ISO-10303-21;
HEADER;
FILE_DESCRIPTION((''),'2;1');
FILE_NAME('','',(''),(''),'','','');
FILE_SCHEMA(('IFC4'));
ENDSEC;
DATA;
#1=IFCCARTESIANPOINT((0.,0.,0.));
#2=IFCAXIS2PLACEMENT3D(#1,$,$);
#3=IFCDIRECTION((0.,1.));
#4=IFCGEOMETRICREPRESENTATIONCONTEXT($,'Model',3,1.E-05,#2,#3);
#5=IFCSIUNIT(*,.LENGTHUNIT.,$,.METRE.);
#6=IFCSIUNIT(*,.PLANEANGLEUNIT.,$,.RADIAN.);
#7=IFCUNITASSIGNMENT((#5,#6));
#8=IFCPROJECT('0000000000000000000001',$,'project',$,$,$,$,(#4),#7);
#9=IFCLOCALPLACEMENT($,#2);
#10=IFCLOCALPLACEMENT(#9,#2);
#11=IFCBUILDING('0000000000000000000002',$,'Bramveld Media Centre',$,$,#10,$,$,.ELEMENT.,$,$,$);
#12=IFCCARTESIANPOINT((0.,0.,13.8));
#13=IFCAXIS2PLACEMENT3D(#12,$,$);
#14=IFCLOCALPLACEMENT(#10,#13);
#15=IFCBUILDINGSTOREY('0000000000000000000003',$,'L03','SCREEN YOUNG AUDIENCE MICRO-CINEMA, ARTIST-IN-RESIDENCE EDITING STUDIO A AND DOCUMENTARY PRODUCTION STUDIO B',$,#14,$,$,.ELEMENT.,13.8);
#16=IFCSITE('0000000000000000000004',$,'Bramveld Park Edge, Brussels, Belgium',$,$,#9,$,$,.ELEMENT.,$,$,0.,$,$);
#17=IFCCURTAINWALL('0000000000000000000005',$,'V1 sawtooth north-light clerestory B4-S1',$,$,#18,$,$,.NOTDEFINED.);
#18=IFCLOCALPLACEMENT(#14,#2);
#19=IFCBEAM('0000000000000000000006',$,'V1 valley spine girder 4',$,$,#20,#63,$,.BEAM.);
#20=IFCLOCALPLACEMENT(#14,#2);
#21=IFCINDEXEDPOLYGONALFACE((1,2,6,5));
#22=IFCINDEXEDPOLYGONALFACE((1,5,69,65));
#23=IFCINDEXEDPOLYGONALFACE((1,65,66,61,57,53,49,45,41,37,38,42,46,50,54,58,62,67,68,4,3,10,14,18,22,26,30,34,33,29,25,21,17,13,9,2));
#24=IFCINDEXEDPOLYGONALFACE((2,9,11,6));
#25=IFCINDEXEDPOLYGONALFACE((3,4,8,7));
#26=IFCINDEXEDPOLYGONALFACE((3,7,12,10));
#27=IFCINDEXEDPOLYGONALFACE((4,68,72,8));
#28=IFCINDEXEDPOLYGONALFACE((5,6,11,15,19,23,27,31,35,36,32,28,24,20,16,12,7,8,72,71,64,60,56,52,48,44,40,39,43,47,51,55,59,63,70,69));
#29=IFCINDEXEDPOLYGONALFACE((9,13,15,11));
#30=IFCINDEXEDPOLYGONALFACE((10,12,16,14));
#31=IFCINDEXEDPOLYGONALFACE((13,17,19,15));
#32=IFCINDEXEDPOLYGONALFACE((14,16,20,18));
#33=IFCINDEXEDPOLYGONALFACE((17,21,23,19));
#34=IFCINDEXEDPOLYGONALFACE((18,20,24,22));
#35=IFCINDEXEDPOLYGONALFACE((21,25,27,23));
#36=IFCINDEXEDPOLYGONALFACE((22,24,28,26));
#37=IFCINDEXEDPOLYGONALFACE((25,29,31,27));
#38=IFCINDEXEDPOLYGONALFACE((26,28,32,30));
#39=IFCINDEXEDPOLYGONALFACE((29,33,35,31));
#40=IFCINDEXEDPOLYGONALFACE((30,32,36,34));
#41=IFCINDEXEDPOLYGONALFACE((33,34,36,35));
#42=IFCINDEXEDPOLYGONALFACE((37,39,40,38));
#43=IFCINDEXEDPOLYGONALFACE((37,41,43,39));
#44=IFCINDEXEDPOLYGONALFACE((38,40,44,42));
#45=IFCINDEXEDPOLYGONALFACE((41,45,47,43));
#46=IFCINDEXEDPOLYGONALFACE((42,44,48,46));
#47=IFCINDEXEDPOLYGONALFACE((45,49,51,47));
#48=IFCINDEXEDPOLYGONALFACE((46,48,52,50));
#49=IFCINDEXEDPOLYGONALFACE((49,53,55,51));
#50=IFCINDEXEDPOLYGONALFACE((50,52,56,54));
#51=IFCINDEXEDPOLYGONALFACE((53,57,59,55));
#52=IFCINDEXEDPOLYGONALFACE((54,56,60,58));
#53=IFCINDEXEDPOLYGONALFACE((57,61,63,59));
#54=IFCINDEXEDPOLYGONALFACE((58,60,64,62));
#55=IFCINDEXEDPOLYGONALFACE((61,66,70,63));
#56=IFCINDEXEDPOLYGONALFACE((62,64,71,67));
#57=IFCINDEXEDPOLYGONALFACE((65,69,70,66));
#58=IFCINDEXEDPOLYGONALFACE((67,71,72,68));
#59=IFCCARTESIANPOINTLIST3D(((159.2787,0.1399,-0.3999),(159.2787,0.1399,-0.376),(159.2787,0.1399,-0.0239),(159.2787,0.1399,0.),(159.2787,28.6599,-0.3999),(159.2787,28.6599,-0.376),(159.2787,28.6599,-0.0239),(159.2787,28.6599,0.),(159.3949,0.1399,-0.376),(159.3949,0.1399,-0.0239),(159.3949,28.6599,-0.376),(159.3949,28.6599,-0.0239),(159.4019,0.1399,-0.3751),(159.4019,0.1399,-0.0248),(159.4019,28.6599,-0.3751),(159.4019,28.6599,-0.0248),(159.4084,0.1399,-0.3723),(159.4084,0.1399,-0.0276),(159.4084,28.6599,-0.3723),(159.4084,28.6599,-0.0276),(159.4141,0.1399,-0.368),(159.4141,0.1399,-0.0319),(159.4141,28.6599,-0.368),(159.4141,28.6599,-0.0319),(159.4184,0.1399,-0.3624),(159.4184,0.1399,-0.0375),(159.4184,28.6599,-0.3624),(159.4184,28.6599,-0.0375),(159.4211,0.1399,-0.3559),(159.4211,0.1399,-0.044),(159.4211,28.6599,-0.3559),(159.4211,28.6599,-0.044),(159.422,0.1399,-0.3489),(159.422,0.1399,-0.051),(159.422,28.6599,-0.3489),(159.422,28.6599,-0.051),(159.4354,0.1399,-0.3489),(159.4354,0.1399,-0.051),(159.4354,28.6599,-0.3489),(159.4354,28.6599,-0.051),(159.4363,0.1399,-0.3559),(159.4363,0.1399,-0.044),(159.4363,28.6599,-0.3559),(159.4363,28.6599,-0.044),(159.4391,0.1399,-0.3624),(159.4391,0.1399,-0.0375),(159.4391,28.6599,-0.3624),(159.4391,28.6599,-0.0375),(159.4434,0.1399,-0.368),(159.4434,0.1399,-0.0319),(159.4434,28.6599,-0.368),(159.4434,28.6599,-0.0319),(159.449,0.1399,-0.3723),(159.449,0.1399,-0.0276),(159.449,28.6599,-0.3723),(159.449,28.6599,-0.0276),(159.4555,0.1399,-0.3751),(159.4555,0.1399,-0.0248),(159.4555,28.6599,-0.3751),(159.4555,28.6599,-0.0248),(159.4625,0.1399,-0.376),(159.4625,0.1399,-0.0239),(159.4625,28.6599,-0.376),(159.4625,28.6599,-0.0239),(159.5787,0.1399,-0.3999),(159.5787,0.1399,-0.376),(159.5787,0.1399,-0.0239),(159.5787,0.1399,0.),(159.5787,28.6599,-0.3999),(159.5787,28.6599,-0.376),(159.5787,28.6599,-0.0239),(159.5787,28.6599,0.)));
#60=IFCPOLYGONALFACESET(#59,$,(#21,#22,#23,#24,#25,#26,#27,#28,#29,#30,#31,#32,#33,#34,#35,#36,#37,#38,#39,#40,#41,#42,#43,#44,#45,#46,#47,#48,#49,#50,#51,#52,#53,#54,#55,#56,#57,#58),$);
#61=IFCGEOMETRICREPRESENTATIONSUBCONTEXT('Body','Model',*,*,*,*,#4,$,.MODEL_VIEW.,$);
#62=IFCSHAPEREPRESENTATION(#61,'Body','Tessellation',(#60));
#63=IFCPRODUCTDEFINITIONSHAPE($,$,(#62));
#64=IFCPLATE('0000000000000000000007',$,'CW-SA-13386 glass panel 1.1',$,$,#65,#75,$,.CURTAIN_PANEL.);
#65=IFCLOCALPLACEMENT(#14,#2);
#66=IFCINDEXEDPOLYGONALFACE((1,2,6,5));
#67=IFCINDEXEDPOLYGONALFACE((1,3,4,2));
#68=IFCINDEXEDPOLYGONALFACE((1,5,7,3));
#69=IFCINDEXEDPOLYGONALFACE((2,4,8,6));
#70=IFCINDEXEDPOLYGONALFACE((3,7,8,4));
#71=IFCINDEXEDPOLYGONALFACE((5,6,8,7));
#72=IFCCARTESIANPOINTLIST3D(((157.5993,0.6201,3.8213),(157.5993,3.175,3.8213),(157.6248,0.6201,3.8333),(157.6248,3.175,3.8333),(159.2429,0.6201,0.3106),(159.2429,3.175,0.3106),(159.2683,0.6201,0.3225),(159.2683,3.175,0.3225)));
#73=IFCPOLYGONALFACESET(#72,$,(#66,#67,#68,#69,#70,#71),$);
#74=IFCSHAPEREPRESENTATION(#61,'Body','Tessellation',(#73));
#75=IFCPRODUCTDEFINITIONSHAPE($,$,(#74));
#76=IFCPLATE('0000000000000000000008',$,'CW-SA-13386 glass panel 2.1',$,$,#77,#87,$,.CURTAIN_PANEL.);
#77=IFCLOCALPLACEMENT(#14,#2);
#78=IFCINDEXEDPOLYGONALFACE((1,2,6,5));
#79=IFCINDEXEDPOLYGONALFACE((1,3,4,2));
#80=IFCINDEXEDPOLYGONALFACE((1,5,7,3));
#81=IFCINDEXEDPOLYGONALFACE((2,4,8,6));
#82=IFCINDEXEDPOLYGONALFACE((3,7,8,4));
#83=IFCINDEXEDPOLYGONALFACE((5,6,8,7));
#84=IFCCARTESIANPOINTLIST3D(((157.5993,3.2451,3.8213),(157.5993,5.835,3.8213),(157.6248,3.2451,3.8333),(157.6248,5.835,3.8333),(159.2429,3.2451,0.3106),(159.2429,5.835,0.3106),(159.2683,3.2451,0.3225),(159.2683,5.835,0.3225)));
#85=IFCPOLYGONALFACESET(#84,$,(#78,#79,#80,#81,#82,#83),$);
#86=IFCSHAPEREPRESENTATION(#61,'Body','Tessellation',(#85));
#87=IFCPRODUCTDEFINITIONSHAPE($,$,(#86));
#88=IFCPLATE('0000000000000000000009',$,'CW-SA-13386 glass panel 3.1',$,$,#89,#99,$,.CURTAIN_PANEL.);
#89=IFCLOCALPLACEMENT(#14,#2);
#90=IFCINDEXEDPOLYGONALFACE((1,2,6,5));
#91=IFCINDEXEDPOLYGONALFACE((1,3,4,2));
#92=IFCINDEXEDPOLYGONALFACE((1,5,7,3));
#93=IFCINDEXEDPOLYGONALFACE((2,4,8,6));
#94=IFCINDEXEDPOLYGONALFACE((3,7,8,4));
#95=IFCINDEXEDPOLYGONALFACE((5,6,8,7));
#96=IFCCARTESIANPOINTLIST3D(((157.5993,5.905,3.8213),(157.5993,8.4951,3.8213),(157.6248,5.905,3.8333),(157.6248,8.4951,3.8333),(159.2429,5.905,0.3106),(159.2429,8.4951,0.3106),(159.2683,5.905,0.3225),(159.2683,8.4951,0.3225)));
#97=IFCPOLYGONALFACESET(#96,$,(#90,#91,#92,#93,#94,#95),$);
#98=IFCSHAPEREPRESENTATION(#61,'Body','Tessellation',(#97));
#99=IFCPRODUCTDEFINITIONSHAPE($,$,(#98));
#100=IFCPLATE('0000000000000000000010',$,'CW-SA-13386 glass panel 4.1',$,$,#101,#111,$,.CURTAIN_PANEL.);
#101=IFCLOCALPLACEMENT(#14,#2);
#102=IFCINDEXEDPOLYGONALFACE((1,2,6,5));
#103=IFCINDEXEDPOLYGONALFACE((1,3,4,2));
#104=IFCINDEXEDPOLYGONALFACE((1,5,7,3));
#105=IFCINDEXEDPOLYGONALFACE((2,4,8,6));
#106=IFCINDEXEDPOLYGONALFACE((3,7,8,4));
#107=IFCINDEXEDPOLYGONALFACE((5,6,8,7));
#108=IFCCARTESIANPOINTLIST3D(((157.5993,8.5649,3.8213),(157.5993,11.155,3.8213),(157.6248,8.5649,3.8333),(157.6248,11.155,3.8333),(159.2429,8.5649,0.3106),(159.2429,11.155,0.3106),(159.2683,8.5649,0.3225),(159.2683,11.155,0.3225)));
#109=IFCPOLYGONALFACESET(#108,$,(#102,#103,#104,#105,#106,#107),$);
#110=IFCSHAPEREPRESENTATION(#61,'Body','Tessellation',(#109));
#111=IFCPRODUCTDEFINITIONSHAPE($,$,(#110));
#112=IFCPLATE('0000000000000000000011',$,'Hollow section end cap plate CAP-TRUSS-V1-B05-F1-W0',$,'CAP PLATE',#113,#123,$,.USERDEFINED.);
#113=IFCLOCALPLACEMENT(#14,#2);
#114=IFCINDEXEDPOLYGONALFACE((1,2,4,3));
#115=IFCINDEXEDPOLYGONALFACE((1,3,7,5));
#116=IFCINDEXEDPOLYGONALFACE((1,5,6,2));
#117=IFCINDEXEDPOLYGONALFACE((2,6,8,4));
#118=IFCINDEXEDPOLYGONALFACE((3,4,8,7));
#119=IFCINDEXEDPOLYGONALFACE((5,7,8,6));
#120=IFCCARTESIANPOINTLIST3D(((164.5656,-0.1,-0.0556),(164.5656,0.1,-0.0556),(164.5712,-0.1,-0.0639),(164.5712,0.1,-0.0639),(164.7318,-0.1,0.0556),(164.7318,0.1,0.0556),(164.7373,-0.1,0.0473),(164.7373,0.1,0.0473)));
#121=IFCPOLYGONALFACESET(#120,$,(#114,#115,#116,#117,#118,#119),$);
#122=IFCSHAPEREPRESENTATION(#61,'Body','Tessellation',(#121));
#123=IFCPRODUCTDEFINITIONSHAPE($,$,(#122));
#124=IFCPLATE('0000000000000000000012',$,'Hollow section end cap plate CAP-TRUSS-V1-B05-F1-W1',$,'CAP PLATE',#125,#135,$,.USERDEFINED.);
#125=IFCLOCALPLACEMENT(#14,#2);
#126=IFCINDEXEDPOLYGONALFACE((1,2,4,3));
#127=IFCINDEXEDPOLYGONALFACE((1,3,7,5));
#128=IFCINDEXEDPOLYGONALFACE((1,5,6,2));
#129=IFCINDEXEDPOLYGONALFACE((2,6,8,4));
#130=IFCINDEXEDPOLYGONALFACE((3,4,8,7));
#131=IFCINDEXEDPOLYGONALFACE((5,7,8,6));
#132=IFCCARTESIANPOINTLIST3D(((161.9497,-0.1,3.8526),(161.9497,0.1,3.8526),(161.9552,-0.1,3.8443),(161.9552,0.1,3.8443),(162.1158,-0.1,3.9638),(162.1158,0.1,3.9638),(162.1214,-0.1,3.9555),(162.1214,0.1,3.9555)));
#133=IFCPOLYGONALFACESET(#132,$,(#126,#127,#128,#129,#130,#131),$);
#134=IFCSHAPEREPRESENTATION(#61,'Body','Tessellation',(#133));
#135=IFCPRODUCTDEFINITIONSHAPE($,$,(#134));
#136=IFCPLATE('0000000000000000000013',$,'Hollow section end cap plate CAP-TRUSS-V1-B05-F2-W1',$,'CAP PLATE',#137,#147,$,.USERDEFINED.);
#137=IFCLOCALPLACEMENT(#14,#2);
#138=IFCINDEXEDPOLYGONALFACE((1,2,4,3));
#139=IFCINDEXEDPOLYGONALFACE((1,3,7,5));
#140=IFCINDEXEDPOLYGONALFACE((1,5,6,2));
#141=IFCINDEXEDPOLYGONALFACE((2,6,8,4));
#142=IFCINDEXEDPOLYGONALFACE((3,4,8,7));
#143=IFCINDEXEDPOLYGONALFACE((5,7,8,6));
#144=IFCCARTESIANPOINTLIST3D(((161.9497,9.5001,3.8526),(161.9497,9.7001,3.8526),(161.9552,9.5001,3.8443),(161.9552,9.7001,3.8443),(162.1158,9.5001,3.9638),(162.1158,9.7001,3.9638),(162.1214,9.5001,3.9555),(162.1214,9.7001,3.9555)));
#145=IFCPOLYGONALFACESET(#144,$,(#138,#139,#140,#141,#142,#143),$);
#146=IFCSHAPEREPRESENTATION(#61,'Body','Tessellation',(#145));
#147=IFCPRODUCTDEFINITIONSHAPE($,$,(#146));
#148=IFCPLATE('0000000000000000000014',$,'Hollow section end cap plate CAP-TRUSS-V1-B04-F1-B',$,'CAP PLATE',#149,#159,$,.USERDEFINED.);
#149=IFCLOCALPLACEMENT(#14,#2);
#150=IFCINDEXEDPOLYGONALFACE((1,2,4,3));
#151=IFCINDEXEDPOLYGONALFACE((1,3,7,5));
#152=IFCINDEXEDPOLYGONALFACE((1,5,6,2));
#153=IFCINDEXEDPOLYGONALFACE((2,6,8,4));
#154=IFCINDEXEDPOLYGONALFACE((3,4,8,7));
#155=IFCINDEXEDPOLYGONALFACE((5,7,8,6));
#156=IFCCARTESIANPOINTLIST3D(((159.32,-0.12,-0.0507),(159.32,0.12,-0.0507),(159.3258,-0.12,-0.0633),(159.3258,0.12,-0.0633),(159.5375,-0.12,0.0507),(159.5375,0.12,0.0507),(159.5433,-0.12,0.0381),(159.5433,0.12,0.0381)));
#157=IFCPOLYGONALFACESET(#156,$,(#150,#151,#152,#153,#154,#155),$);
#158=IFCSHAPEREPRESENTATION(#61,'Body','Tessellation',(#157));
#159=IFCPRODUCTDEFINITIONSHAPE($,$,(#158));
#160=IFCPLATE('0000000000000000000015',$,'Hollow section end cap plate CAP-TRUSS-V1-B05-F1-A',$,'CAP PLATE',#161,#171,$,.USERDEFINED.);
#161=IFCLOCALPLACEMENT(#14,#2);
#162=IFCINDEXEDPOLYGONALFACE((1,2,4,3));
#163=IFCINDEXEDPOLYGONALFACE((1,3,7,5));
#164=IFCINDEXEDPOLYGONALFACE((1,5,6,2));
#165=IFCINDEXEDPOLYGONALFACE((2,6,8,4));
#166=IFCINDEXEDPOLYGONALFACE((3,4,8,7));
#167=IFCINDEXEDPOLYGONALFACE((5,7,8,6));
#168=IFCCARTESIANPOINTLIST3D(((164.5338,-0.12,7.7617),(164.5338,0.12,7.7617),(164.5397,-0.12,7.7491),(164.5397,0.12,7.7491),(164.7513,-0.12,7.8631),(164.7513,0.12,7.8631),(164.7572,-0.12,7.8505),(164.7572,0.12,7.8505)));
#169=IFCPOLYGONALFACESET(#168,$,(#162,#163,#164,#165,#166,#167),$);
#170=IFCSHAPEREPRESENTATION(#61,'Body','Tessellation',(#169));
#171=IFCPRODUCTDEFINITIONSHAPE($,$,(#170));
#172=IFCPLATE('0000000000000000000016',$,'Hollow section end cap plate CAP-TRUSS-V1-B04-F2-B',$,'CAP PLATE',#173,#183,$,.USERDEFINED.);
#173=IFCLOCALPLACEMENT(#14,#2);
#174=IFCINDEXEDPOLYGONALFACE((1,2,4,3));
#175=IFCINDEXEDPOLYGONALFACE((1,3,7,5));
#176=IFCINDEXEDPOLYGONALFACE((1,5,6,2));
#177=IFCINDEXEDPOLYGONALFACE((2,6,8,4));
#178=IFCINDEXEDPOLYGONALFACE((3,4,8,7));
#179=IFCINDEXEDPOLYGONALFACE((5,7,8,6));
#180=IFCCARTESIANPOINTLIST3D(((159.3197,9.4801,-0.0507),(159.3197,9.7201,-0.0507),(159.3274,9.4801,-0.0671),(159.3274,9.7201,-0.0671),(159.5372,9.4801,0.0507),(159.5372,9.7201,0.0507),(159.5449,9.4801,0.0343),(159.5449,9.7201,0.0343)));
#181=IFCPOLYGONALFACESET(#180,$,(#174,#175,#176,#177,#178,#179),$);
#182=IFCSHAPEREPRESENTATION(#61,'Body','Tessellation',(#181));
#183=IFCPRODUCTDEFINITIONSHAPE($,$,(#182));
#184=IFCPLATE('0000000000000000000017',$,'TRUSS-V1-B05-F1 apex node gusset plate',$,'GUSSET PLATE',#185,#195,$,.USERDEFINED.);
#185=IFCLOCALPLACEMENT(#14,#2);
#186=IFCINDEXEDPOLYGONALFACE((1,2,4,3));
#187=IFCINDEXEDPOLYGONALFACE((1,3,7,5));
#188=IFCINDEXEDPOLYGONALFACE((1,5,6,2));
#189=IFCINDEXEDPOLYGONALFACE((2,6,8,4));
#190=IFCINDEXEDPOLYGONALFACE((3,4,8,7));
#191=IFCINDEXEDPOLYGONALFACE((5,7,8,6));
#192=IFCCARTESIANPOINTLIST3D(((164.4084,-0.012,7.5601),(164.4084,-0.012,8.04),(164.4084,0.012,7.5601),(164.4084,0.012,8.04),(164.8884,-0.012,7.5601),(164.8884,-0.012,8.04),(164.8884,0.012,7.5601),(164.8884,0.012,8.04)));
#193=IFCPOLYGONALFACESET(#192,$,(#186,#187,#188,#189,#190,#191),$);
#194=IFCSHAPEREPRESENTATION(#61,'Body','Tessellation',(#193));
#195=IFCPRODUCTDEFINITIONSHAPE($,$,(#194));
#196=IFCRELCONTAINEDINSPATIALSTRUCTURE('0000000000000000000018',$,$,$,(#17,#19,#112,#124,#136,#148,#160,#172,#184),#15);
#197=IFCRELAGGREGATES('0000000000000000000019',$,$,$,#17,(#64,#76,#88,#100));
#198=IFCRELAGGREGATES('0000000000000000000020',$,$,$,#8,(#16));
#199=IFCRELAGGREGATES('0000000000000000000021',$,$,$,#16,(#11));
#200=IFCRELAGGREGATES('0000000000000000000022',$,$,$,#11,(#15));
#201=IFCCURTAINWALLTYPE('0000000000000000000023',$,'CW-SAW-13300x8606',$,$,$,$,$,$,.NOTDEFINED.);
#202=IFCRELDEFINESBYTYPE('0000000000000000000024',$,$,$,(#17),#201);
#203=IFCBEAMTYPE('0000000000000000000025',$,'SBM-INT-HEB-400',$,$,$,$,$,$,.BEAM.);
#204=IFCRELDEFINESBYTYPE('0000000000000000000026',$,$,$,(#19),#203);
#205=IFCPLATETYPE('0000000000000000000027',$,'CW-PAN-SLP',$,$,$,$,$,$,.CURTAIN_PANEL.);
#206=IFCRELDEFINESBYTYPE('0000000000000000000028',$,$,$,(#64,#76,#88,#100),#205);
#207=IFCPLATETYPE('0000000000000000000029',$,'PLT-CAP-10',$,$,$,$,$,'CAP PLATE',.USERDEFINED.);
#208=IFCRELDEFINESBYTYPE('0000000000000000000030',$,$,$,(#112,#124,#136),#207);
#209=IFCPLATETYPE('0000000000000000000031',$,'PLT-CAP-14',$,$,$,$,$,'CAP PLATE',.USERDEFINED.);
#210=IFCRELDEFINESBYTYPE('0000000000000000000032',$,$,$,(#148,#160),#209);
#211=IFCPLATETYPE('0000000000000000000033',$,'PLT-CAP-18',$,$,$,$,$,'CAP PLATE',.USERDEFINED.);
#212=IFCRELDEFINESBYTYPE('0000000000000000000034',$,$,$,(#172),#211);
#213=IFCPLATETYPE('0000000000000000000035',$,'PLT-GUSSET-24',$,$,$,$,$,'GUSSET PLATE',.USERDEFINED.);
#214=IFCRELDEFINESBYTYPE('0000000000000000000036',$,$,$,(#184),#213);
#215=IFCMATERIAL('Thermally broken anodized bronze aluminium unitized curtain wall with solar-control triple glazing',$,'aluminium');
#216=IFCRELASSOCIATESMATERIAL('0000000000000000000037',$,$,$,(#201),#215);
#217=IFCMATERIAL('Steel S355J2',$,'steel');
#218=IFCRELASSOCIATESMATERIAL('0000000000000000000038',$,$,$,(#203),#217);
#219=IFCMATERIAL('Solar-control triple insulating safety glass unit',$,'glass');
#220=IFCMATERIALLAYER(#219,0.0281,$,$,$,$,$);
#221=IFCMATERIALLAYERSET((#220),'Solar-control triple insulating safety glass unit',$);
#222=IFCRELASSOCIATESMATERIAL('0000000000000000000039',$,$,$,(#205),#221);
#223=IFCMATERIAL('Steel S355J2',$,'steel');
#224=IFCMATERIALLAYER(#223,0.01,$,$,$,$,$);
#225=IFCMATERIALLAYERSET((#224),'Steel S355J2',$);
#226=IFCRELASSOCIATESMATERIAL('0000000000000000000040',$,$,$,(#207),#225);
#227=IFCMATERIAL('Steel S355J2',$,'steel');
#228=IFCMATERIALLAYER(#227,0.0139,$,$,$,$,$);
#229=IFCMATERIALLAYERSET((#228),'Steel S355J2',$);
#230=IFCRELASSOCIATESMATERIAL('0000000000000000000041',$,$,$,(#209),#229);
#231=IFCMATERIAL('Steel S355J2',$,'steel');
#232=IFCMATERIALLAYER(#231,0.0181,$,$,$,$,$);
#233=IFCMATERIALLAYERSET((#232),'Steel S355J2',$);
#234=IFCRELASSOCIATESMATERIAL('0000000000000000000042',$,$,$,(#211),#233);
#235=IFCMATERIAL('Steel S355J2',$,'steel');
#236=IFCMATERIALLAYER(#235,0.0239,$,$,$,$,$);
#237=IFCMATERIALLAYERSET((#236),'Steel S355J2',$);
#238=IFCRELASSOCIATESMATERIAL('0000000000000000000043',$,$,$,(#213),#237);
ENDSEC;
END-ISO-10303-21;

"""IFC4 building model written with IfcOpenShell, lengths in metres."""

from ifc_helpers import new_model, si_unit, direction, frame, origin, origin_2d, place, context, subcontext, project, spatial, polyline, rectangle, i_section, outline, extrude, material, layer, layer_set, material_profile, profile_set, type_object, element, aggregate, save


model = new_model("IFC4")

# Units and contexts
model_context = context("Model", 3, precision=1e-05, world=origin(), true_north=direction((0.0, 1.0)))
body_context = subcontext(model_context, "Body", "Model", "MODEL_VIEW")
ifc_project = project(units=[si_unit("LENGTHUNIT", "METRE"), si_unit("PLANEANGLEUNIT", "RADIAN")], contexts=[model_context])

# Site, building, storey
site_placement = place(None, origin())
site = spatial("IfcSite", under=ifc_project, at=site_placement, Name="Bramveld Park Edge, Brussels, Belgium", CompositionType="ELEMENT", RefElevation=0.0)
building_placement = place(site_placement, origin())
building = spatial("IfcBuilding", under=site, at=building_placement, Name="Bramveld Media Centre", CompositionType="ELEMENT")
storey_placement = place(building_placement, frame((0.0, 0.0, 13.8)))
storey = spatial("IfcBuildingStorey", under=building, at=storey_placement, Name="L03", Description="SCREEN YOUNG AUDIENCE MICRO-CINEMA, ARTIST-IN-RESIDENCE EDITING STUDIO A AND DOCUMENTARY PRODUCTION STUDIO B", CompositionType="ELEMENT", Elevation=13.8)

# Curtain wall
ifc_material_1 = material(Name="Thermally broken anodized bronze aluminium unitized curtain wall with solar-control triple glazing", Category="aluminium")
curtain_wall_type = type_object("IfcCurtainWallType", Name="CW-SAW-13300x8606", PredefinedType="NOTDEFINED", material=ifc_material_1)
curtain_wall_placement = place(storey_placement, origin())
curtain_wall = element("IfcCurtainWall", 1, at=curtain_wall_placement, inside=storey, type_object=curtain_wall_type, Name="V1 sawtooth north-light clerestory B4-S1", PredefinedType="NOTDEFINED")

# Beam
ifc_material_2 = material(Name="Steel S355J2", Category="steel")
ifc_material_profile_1 = material_profile(ifc_material_2, i_section(OverallWidth=0.3, OverallDepth=0.3999, WebThickness=0.0134, FlangeThickness=0.0239, FilletRadius=0.0271, at=origin_2d()), Name="HEB 400")
ifc_profile_set_1 = profile_set([ifc_material_profile_1], Name="Steel S355J2")
beam_type_1 = type_object("IfcBeamType", Name="SBM-INT-HEB-400", PredefinedType="BEAM", material=ifc_profile_set_1)
beam_1_placement = place(storey_placement, frame((159.4287, 0.1399, -0.2), z_axis=(0.0, 1.0, 0.0), x_axis=(-1.0, 0.0, 0.0)))
element("IfcBeam", 2, at=beam_1_placement, inside=storey, type_object=beam_type_1, Name="V1 valley spine girder 4", PredefinedType="BEAM", context=body_context, shape_type="SweptSolid", body=[
    extrude(i_section(OverallWidth=0.3, OverallDepth=0.3999, WebThickness=0.0134, FlangeThickness=0.0239, FilletRadius=0.0271, at=origin_2d()), origin(), (0.0, 0.0, 1.0), 28.52),
])

# Plates
ifc_material_3 = material(Name="Solar-control triple insulating safety glass unit", Category="glass")
ifc_layer_1 = layer(ifc_material_3, 0.0281)
ifc_layer_set_1 = layer_set([ifc_layer_1], Name="Solar-control triple insulating safety glass unit")
plate_type_1 = type_object("IfcPlateType", Name="CW-PAN-SLP", PredefinedType="CURTAIN_PANEL", material=ifc_layer_set_1)
plate_1_placement = place(storey_placement, frame((159.2683, 0.6201, 0.3225), z_axis=(0.905668, 0.0, 0.423988), x_axis=(0.0, 1.0, 0.0)))
plate_1 = element("IfcPlate", 3, at=plate_1_placement, type_object=plate_type_1, Name="CW-SA-13386 glass panel 1.1", PredefinedType="CURTAIN_PANEL", context=body_context, shape_type="SweptSolid", body=[
    extrude(outline(polyline([(0.0, 0.0), (2.5549, 0.0), (2.5549, 3.8764), (0.0, 3.8764), (0.0, 0.0)])), origin(), (0.0, 0.0, -1.0), 0.0281),
])
plate_2_placement = place(storey_placement, frame((159.2683, 3.2451, 0.3225), z_axis=(0.905668, 0.0, 0.423988), x_axis=(0.0, 1.0, 0.0)))
plate_2 = element("IfcPlate", 4, at=plate_2_placement, type_object=plate_type_1, Name="CW-SA-13386 glass panel 2.1", PredefinedType="CURTAIN_PANEL", context=body_context, shape_type="SweptSolid", body=[
    extrude(outline(polyline([(0.0, 0.0), (2.5898, 0.0), (2.5898, 3.8764), (0.0, 3.8764), (0.0, 0.0)])), origin(), (0.0, 0.0, -1.0), 0.0281),
])
plate_3_placement = place(storey_placement, frame((159.2683, 5.905, 0.3225), z_axis=(0.905668, 0.0, 0.423988), x_axis=(0.0, 1.0, 0.0)))
plate_3 = element("IfcPlate", 5, at=plate_3_placement, type_object=plate_type_1, Name="CW-SA-13386 glass panel 3.1", PredefinedType="CURTAIN_PANEL", context=body_context, shape_type="SweptSolid", body=[
    extrude(outline(polyline([(0.0, 0.0), (2.5901, 0.0), (2.5901, 3.8764), (0.0, 3.8764), (0.0, 0.0)])), origin(), (0.0, 0.0, -1.0), 0.0281),
])
plate_4_placement = place(storey_placement, frame((159.2683, 8.5649, 0.3225), z_axis=(0.905668, 0.0, 0.423988), x_axis=(0.0, 1.0, 0.0)))
plate_4 = element("IfcPlate", 6, at=plate_4_placement, type_object=plate_type_1, Name="CW-SA-13386 glass panel 4.1", PredefinedType="CURTAIN_PANEL", context=body_context, shape_type="SweptSolid", body=[
    extrude(outline(polyline([(0.0, 0.0), (2.5901, 0.0), (2.5901, 3.8764), (0.0, 3.8764), (0.0, 0.0)])), origin(), (0.0, 0.0, -1.0), 0.0281),
])
aggregate(curtain_wall, [plate_1, plate_2, plate_3, plate_4])

# Plates
ifc_material_4 = material(Name="Steel S355J2", Category="steel")
ifc_layer_2 = layer(ifc_material_4, 0.01)
ifc_layer_set_2 = layer_set([ifc_layer_2], Name="Steel S355J2")
plate_type_2 = type_object("IfcPlateType", Name="PLT-CAP-10", ElementType="CAP PLATE", PredefinedType="USERDEFINED", material=ifc_layer_set_2)
for number, where, z_axis, x_axis, name in (
    (7, (164.6487, 0.0, 0.0), (0.556175, 0.0, -0.831065), (0.0, 1.0, 0.0), "Hollow section end cap plate CAP-TRUSS-V1-B05-F1-W0"),
    (8, (162.0383, 0.0, 3.8999), (-0.556175, 0.0, 0.831065), (0.0, -1.0, 0.0), "Hollow section end cap plate CAP-TRUSS-V1-B05-F1-W1"),
    (9, (162.0383, 9.6001, 3.8999), (-0.556175, 0.0, 0.831065), (0.0, -1.0, 0.0), "Hollow section end cap plate CAP-TRUSS-V1-B05-F2-W1"),
):
    element("IfcPlate", number, at=place(storey_placement, frame(where, z_axis=z_axis, x_axis=x_axis)), inside=storey, type_object=plate_type_2, Name=name, ObjectType="CAP PLATE", PredefinedType="USERDEFINED", context=body_context, shape_type="SweptSolid", body=[
        extrude(rectangle(XDim=0.2, YDim=0.2, at=origin_2d()), origin(), (0.0, 0.0, 1.0), 0.01),
    ])
ifc_material_5 = material(Name="Steel S355J2", Category="steel")
ifc_layer_3 = layer(ifc_material_5, 0.0139)
ifc_layer_set_3 = layer_set([ifc_layer_3], Name="Steel S355J2")
plate_type_3 = type_object("IfcPlateType", Name="PLT-CAP-14", ElementType="CAP PLATE", PredefinedType="USERDEFINED", material=ifc_layer_set_3)
for number, where, z_axis, x_axis, name in (
    (10, (159.4287, 0.0, 0.0), (0.422628, 0.0, -0.906303), (0.0, 1.0, 0.0), "Hollow section end cap plate CAP-TRUSS-V1-B04-F1-B"),
    (11, (164.6484, 0.0, 7.7998), (-0.422618, 0.0, 0.906308), (0.0, -1.0, 0.0), "Hollow section end cap plate CAP-TRUSS-V1-B05-F1-A"),
):
    element("IfcPlate", number, at=place(storey_placement, frame(where, z_axis=z_axis, x_axis=x_axis)), inside=storey, type_object=plate_type_3, Name=name, ObjectType="CAP PLATE", PredefinedType="USERDEFINED", context=body_context, shape_type="SweptSolid", body=[
        extrude(rectangle(XDim=0.24, YDim=0.24, at=origin_2d()), origin(), (0.0, 0.0, 1.0), 0.0139),
    ])
ifc_material_6 = material(Name="Steel S355J2", Category="steel")
ifc_layer_4 = layer(ifc_material_6, 0.0181)
ifc_layer_set_4 = layer_set([ifc_layer_4], Name="Steel S355J2")
plate_type_4 = type_object("IfcPlateType", Name="PLT-CAP-18", ElementType="CAP PLATE", PredefinedType="USERDEFINED", material=ifc_layer_set_4)
plate_5_placement = place(storey_placement, frame((159.4285, 9.6001, 0.0), z_axis=(0.422628, 0.0, -0.906303), x_axis=(0.0, 1.0, 0.0)))
element("IfcPlate", 12, at=plate_5_placement, inside=storey, type_object=plate_type_4, Name="Hollow section end cap plate CAP-TRUSS-V1-B04-F2-B", ObjectType="CAP PLATE", PredefinedType="USERDEFINED", context=body_context, shape_type="SweptSolid", body=[
    extrude(rectangle(XDim=0.24, YDim=0.24, at=origin_2d()), origin(), (0.0, 0.0, 1.0), 0.0181),
])
ifc_material_7 = material(Name="Steel S355J2", Category="steel")
ifc_layer_5 = layer(ifc_material_7, 0.0239)
ifc_layer_set_5 = layer_set([ifc_layer_5], Name="Steel S355J2")
plate_type_5 = type_object("IfcPlateType", Name="PLT-GUSSET-24", ElementType="GUSSET PLATE", PredefinedType="USERDEFINED", material=ifc_layer_set_5)
plate_6_placement = place(storey_placement, frame((164.6484, 0.0, 7.5601), z_axis=(0.0, 0.0, 1.0), x_axis=(1.0, 0.0, 0.0)))
element("IfcPlate", 13, at=plate_6_placement, inside=storey, type_object=plate_type_5, Name="TRUSS-V1-B05-F1 apex node gusset plate", ObjectType="GUSSET PLATE", PredefinedType="USERDEFINED", context=body_context, shape_type="SweptSolid", body=[
    extrude(rectangle(XDim=0.48, YDim=0.0239, at=origin_2d()), origin(), (0.0, 0.0, 1.0), 0.48),
])

save(model, "model.ifc")
